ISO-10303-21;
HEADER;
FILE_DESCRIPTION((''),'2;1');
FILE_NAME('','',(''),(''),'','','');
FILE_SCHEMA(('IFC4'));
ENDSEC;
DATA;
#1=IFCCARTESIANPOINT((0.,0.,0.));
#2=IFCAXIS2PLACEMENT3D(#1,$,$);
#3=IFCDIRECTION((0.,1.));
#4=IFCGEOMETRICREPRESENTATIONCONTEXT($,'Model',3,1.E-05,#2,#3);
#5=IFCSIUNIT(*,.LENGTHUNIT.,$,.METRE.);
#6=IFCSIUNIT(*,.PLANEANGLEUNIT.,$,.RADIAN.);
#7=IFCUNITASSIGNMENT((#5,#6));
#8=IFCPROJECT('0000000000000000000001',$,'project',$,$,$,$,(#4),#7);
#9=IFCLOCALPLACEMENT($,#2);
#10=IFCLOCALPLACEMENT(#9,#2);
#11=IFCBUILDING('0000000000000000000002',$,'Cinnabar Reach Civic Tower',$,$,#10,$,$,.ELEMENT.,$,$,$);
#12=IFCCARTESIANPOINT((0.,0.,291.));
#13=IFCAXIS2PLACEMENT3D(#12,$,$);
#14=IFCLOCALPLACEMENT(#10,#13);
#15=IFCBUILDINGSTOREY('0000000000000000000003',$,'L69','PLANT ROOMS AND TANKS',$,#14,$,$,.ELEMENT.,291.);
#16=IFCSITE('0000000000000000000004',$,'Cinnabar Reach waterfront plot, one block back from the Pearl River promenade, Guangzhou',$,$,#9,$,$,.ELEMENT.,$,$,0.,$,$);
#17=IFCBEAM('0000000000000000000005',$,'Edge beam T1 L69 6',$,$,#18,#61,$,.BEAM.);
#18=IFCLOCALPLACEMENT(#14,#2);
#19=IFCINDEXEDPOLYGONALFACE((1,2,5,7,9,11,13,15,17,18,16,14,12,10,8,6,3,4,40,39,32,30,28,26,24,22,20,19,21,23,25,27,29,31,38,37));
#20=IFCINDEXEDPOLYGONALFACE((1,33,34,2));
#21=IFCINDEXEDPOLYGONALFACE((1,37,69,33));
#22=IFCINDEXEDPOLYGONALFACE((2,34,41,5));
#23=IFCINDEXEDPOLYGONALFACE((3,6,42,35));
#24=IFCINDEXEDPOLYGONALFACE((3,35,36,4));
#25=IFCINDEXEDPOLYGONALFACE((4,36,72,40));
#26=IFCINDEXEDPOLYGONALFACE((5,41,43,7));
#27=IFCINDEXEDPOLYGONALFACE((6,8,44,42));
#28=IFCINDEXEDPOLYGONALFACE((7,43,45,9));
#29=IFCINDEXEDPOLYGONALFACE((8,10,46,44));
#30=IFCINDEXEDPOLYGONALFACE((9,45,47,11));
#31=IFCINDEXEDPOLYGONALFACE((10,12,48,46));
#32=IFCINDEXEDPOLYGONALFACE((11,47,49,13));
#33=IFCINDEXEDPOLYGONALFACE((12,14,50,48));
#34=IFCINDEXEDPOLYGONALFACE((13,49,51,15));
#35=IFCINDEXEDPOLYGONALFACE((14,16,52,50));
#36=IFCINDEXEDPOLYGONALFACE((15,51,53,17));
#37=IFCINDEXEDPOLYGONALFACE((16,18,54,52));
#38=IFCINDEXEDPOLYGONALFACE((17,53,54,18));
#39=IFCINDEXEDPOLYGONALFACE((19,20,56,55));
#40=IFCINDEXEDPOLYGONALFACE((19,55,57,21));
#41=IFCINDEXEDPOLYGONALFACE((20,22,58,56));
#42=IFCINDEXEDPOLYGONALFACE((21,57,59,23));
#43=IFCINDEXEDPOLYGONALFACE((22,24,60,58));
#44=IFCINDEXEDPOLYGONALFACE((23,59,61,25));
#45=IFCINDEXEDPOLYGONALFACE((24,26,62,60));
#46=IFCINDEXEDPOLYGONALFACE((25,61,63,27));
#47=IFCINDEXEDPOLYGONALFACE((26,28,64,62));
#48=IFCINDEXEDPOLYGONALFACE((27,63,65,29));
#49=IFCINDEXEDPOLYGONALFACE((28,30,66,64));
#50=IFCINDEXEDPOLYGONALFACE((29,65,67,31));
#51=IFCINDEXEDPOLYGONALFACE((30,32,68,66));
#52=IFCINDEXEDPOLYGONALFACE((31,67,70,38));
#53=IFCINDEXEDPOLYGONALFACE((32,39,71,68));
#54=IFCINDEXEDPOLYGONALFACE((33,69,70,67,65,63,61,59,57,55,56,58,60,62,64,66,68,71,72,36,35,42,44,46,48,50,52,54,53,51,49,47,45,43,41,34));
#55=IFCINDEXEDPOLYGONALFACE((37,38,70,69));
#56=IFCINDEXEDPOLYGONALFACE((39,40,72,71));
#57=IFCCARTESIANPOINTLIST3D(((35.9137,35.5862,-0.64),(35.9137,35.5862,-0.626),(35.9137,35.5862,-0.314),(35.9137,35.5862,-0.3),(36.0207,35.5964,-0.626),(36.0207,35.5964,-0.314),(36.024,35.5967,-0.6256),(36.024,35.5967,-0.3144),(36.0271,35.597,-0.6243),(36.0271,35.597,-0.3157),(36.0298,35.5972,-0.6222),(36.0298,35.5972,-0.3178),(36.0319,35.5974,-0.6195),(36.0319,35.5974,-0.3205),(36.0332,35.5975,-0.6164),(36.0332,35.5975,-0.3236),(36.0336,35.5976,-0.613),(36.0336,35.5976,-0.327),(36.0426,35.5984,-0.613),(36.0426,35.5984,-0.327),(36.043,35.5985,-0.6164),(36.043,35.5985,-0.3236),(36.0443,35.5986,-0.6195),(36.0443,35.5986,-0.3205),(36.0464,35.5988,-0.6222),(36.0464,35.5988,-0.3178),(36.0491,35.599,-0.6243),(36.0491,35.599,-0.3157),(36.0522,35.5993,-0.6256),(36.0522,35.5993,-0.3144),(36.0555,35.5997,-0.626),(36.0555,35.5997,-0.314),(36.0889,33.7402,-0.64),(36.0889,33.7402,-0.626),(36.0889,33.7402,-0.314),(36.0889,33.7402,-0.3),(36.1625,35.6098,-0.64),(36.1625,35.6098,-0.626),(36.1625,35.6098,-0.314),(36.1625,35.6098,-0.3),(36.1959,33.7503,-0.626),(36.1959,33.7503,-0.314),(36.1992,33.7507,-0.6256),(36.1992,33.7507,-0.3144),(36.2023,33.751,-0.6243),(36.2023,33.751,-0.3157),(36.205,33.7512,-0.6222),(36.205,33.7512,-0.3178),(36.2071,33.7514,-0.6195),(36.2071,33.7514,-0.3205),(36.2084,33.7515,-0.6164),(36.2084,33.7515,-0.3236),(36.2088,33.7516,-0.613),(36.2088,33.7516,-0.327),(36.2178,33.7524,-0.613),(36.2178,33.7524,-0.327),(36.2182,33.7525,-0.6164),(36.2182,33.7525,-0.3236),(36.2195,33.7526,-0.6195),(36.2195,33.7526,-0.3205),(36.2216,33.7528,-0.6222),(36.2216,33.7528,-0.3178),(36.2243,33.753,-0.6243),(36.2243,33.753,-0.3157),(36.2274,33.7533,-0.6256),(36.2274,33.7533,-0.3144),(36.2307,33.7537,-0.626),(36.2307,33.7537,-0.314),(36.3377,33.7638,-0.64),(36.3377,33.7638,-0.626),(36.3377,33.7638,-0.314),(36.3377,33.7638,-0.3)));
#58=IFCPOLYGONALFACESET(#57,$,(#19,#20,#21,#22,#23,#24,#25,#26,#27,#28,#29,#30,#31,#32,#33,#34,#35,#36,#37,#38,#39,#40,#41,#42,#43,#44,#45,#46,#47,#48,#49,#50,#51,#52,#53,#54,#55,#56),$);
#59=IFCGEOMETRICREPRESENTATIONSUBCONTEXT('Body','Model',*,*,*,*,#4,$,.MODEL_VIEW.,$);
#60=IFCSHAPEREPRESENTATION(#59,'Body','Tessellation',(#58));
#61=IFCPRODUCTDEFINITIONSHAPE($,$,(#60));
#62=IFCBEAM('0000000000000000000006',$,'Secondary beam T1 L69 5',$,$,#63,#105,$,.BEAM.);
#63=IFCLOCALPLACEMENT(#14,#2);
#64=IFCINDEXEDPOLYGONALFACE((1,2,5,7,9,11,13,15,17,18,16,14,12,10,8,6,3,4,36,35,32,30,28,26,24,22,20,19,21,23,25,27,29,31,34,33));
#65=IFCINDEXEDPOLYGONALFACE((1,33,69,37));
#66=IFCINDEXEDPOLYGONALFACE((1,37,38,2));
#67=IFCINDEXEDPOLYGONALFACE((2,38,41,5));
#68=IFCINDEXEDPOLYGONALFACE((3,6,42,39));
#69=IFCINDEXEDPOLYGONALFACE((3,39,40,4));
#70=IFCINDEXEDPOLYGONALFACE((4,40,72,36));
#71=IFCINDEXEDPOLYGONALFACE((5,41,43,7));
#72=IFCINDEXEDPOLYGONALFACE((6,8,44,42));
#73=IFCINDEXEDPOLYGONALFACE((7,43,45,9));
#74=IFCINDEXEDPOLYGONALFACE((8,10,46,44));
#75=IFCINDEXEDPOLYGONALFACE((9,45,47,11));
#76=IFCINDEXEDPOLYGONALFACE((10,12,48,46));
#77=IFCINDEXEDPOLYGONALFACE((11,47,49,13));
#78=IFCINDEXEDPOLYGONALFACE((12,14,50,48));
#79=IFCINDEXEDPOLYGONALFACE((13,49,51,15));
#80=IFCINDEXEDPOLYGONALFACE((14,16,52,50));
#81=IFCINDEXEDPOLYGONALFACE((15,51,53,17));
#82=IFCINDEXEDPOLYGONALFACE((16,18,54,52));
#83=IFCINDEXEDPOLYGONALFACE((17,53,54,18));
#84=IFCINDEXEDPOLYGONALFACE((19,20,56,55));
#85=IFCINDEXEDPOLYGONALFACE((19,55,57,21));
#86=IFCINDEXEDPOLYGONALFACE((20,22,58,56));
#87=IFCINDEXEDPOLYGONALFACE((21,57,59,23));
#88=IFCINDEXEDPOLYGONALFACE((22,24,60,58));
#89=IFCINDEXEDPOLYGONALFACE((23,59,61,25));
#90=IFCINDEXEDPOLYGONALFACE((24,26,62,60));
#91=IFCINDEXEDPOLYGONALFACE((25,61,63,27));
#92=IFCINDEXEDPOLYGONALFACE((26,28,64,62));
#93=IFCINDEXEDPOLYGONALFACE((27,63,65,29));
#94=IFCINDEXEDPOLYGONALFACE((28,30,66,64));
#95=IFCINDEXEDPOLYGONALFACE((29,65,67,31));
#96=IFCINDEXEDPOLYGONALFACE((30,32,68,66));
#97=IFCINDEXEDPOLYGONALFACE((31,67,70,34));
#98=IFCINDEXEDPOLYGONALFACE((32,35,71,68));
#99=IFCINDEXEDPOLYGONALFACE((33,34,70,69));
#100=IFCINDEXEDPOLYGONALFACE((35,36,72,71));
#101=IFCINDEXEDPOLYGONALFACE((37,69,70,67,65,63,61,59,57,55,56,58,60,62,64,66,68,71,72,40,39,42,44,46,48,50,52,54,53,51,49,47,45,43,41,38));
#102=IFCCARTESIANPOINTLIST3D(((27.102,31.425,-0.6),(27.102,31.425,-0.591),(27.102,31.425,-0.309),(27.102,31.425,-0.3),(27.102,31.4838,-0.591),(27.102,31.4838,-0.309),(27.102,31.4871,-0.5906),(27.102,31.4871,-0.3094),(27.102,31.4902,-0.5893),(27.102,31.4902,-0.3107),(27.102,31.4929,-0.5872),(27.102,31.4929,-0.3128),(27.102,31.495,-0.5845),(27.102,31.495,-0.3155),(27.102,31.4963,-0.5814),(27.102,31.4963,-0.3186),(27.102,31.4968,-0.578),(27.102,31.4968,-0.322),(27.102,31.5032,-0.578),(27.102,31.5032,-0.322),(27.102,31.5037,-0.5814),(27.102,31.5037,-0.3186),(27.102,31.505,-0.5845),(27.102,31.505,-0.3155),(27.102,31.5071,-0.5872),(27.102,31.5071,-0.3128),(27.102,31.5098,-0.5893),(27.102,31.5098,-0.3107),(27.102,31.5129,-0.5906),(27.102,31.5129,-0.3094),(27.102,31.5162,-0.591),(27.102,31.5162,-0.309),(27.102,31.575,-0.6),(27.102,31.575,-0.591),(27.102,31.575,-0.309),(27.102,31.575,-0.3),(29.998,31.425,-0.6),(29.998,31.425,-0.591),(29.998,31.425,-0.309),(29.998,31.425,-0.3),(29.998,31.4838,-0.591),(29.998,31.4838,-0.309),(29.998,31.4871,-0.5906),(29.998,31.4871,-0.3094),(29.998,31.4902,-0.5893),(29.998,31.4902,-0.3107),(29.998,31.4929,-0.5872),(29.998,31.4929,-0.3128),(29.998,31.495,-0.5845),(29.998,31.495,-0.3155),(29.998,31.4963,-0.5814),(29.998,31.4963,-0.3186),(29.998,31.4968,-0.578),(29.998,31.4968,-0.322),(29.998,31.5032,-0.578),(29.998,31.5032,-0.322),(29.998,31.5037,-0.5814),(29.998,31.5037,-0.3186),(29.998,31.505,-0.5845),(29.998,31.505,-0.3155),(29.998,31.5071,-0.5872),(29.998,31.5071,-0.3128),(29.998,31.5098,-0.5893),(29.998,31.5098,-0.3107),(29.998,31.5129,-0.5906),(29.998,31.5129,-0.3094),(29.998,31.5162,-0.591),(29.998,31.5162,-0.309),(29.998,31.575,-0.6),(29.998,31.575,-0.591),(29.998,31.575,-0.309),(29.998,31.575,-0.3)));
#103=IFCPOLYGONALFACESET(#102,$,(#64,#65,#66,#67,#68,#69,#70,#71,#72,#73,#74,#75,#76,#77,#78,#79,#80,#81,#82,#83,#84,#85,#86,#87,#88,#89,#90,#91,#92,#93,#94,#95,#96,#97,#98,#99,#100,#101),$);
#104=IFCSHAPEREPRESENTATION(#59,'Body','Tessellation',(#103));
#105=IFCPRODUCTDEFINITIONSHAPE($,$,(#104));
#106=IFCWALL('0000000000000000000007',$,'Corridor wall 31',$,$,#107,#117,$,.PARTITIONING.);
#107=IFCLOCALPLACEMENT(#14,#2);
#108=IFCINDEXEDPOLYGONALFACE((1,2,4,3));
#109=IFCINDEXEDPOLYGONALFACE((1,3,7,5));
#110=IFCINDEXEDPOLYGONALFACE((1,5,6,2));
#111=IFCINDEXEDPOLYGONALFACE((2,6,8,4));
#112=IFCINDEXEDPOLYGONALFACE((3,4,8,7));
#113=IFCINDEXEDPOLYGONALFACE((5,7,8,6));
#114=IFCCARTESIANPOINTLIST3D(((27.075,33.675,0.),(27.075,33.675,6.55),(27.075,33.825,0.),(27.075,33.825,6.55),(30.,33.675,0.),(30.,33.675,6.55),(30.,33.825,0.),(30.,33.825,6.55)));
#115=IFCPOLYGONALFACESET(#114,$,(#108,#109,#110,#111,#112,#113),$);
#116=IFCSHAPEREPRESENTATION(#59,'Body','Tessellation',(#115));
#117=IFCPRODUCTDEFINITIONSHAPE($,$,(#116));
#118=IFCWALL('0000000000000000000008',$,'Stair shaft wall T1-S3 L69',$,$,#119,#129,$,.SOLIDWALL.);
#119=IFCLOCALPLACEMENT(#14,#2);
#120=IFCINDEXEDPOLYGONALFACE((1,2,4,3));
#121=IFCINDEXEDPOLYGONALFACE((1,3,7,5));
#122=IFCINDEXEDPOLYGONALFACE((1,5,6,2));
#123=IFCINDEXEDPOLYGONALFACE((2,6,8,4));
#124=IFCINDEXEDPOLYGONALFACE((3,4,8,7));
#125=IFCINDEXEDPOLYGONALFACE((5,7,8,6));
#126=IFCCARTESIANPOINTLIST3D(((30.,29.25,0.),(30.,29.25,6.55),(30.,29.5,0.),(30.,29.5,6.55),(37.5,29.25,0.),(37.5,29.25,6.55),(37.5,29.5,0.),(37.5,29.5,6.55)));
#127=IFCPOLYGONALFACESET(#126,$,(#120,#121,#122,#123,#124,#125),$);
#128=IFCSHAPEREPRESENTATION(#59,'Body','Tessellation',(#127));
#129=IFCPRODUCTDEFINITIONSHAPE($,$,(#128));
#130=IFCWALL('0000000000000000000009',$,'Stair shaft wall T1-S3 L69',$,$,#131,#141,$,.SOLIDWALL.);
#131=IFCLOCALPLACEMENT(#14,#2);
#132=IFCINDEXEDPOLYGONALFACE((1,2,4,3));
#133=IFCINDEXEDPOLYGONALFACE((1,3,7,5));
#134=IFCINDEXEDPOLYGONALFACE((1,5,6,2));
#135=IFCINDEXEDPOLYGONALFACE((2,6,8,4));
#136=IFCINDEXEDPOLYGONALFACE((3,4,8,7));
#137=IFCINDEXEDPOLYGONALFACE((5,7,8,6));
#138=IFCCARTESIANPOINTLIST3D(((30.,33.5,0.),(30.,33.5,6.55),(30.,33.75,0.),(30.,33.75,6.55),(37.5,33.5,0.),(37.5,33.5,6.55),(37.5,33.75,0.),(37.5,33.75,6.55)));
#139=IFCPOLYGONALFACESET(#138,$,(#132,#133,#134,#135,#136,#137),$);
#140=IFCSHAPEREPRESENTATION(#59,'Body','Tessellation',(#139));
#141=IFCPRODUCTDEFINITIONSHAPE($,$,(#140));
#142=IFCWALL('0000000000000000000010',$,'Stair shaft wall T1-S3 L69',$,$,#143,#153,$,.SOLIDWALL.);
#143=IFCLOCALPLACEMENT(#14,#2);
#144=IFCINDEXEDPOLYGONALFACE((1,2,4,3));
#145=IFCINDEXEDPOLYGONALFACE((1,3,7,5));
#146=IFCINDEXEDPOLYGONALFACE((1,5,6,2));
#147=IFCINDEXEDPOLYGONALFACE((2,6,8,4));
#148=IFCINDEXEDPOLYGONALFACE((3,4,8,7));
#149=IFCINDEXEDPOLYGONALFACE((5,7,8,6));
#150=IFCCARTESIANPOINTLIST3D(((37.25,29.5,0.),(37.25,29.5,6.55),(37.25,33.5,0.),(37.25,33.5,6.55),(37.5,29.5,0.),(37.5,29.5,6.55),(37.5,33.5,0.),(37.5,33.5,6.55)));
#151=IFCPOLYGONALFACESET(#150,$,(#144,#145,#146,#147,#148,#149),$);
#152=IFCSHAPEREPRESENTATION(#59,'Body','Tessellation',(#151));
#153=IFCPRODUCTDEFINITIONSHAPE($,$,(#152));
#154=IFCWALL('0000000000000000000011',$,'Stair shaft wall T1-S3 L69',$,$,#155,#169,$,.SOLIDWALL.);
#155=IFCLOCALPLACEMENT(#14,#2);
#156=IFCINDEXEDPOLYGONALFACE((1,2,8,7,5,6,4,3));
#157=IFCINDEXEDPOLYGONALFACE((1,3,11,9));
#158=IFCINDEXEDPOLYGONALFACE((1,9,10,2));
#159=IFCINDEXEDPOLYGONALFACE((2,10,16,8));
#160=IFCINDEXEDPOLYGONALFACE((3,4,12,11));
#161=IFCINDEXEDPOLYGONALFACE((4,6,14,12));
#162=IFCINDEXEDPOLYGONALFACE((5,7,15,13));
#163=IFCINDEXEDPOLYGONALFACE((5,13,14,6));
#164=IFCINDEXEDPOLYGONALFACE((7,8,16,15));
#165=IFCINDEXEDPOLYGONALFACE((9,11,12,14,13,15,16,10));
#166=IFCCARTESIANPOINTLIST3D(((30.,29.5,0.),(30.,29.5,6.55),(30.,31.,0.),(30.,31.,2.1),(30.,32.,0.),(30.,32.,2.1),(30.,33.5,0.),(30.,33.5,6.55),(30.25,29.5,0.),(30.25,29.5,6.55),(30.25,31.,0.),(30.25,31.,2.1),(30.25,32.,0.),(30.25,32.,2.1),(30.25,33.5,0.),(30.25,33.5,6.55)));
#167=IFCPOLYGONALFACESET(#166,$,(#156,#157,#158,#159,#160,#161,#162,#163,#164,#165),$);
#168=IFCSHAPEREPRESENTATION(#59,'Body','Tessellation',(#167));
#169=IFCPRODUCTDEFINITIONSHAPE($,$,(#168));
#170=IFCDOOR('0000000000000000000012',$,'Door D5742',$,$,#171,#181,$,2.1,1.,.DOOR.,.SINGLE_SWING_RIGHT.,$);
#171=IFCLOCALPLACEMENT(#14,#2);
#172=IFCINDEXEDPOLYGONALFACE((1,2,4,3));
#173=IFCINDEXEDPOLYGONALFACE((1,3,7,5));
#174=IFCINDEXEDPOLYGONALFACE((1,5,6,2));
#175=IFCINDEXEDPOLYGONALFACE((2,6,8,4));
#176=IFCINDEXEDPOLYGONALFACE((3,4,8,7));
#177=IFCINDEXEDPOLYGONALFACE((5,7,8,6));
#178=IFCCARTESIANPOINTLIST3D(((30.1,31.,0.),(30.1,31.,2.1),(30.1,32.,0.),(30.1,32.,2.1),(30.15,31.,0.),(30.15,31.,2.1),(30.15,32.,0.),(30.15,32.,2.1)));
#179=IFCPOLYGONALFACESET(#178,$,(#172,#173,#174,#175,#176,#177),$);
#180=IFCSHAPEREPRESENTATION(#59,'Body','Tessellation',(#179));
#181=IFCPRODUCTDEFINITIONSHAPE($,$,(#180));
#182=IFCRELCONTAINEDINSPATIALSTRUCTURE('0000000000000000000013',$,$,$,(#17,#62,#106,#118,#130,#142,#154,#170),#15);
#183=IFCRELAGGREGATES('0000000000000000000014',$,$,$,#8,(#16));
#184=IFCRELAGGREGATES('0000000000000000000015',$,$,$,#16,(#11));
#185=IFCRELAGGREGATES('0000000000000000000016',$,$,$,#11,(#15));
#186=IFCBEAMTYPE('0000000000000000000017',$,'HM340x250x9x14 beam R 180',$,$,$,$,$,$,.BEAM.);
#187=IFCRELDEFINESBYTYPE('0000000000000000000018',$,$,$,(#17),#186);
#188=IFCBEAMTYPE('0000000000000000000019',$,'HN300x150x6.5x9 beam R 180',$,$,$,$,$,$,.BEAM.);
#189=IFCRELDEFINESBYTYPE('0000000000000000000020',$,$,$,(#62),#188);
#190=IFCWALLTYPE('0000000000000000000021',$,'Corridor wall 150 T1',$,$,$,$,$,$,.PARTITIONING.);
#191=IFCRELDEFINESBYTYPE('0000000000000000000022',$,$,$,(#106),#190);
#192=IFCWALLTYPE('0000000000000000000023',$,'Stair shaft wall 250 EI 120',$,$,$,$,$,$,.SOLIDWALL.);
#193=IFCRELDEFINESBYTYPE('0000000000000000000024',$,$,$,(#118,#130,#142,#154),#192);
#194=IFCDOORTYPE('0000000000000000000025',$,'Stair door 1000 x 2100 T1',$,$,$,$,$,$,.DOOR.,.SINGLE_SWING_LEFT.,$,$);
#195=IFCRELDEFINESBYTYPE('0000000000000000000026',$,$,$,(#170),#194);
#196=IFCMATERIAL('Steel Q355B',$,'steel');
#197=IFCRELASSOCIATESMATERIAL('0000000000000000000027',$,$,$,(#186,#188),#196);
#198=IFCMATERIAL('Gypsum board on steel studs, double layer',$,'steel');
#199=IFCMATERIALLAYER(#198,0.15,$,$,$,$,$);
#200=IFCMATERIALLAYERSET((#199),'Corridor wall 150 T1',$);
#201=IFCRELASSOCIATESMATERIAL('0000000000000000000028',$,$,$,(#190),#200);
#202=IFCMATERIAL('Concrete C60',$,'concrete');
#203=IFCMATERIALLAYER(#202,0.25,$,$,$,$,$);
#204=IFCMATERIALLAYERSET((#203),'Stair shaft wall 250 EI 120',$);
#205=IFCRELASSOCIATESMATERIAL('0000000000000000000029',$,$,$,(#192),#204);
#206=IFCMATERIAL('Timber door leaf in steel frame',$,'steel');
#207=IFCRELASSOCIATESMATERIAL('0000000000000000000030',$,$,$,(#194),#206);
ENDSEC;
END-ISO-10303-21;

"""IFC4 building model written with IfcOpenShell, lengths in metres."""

from ifc_helpers import new_model, si_unit, direction, frame, frame_2d, origin, origin_2d, place, context, subcontext, project, spatial, rectangle, i_section, extrude, material, layer, layer_set, material_profile, profile_set, type_object, element, fill, save


model = new_model("IFC4")

# Units and contexts
model_context = context("Model", 3, precision=1e-05, world=origin(), true_north=direction((0.0, 1.0)))
body_context = subcontext(model_context, "Body", "Model", "MODEL_VIEW")
ifc_project = project(units=[si_unit("LENGTHUNIT", "METRE"), si_unit("PLANEANGLEUNIT", "RADIAN")], contexts=[model_context])

# Site, building, storey
site_placement = place(None, origin())
site = spatial("IfcSite", under=ifc_project, at=site_placement, Name="Cinnabar Reach waterfront plot, one block back from the Pearl River promenade, Guangzhou", CompositionType="ELEMENT", RefElevation=0.0)
building_placement = place(site_placement, origin())
building = spatial("IfcBuilding", under=site, at=building_placement, Name="Cinnabar Reach Civic Tower", CompositionType="ELEMENT")
storey_placement = place(building_placement, frame((0.0, 0.0, 291.0)))
storey = spatial("IfcBuildingStorey", under=building, at=storey_placement, Name="L69", Description="PLANT ROOMS AND TANKS", CompositionType="ELEMENT", Elevation=291.0)

# Beams
ifc_material_1 = material(Name="Steel Q355B", Category="steel")
ifc_material_profile_1 = material_profile(ifc_material_1, i_section(OverallWidth=0.25, OverallDepth=0.34, WebThickness=0.009, FlangeThickness=0.014, FilletRadius=0.013, at=origin_2d()), Name="HM340x250x9x14")
ifc_profile_set_1 = profile_set([ifc_material_profile_1], Name="Steel Q355B")
beam_type_1 = type_object("IfcBeamType", Name="HM340x250x9x14 beam R 180", PredefinedType="BEAM", material=ifc_profile_set_1)
beam_1_placement = place(storey_placement, frame((36.2133, 33.752, -0.47), z_axis=(-0.094483, 0.995526, 0.0), x_axis=(-0.995526, -0.094483, 0.0)))
element("IfcBeam", 1, at=beam_1_placement, inside=storey, type_object=beam_type_1, Name="Edge beam T1 L69 6", PredefinedType="BEAM", context=body_context, shape_type="SweptSolid", body=[
    extrude(i_section(OverallWidth=0.25, OverallDepth=0.34, WebThickness=0.009, FlangeThickness=0.014, FilletRadius=0.013, at=origin_2d()), origin(), (0.0, 0.0, 1.0), 1.8543),
])
ifc_material_profile_2 = material_profile(ifc_material_1, i_section(OverallWidth=0.15, OverallDepth=0.3, WebThickness=0.0065, FlangeThickness=0.009, FilletRadius=0.013, at=origin_2d()), Name="HN300x150x6.5x9")
ifc_profile_set_2 = profile_set([ifc_material_profile_2], Name="Steel Q355B")
beam_type_2 = type_object("IfcBeamType", Name="HN300x150x6.5x9 beam R 180", PredefinedType="BEAM", material=ifc_profile_set_2)
beam_2_placement = place(storey_placement, frame((27.102, 31.5, -0.45), z_axis=(1.0, 0.0, 0.0), x_axis=(0.0, 1.0, 0.0)))
element("IfcBeam", 2, at=beam_2_placement, inside=storey, type_object=beam_type_2, Name="Secondary beam T1 L69 5", PredefinedType="BEAM", context=body_context, shape_type="SweptSolid", body=[
    extrude(i_section(OverallWidth=0.15, OverallDepth=0.3, WebThickness=0.0065, FlangeThickness=0.009, FilletRadius=0.013, at=origin_2d()), origin(), (0.0, 0.0, 1.0), 2.896),
])

# Walls
ifc_material_2 = material(Name="Gypsum board on steel studs, double layer", Category="steel")
ifc_layer_1 = layer(ifc_material_2, 0.15)
ifc_layer_set_1 = layer_set([ifc_layer_1], Name="Corridor wall 150 T1")
wall_type_1 = type_object("IfcWallType", Name="Corridor wall 150 T1", PredefinedType="PARTITIONING", material=ifc_layer_set_1)
wall_1_placement = place(storey_placement, frame((27.075, 33.75, 0.0), z_axis=(0.0, 0.0, 1.0), x_axis=(1.0, 0.0, 0.0)))
element("IfcWall", 3, at=wall_1_placement, inside=storey, type_object=wall_type_1, Name="Corridor wall 31", PredefinedType="PARTITIONING", context=body_context, shape_type="SweptSolid", body=[
    extrude(rectangle(XDim=2.925, YDim=0.15, at=frame_2d((1.4625, 0.0))), origin(), (0.0, 0.0, 1.0), 6.55),
])
ifc_material_3 = material(Name="Concrete C60", Category="concrete")
ifc_layer_2 = layer(ifc_material_3, 0.25)
ifc_layer_set_2 = layer_set([ifc_layer_2], Name="Stair shaft wall 250 EI 120")
wall_type_2 = type_object("IfcWallType", Name="Stair shaft wall 250 EI 120", PredefinedType="SOLIDWALL", material=ifc_layer_set_2)
for number, where, z_axis, x_axis, name in (
    (4, (30.0, 29.375, 0.0), (0.0, 0.0, 1.0), (1.0, 0.0, 0.0), "Stair shaft wall T1-S3 L69"),
    (5, (37.5, 33.625, 0.0), (0.0, 0.0, 1.0), (-1.0, 0.0, 0.0), "Stair shaft wall T1-S3 L69"),
):
    element("IfcWall", number, at=place(storey_placement, frame(where, z_axis=z_axis, x_axis=x_axis)), inside=storey, type_object=wall_type_2, Name=name, PredefinedType="SOLIDWALL", context=body_context, shape_type="SweptSolid", body=[
        extrude(rectangle(XDim=7.5, YDim=0.25, at=frame_2d((3.75, 0.0))), origin(), (0.0, 0.0, 1.0), 6.55),
    ])
wall_2_placement = place(storey_placement, frame((37.375, 29.5, 0.0), z_axis=(0.0, 0.0, 1.0), x_axis=(0.0, 1.0, 0.0)))
element("IfcWall", 6, at=wall_2_placement, inside=storey, type_object=wall_type_2, Name="Stair shaft wall T1-S3 L69", PredefinedType="SOLIDWALL", context=body_context, shape_type="SweptSolid", body=[
    extrude(rectangle(XDim=4.0, YDim=0.25, at=frame_2d((2.0, 0.0))), origin(), (0.0, 0.0, 1.0), 6.55),
])

# Wall, opening, door
wall_3_placement = place(storey_placement, frame((30.125, 33.5, 0.0), z_axis=(0.0, 0.0, 1.0), x_axis=(0.0, -1.0, 0.0)))
wall_3 = element("IfcWall", 7, at=wall_3_placement, inside=storey, type_object=wall_type_2, Name="Stair shaft wall T1-S3 L69", PredefinedType="SOLIDWALL", context=body_context, shape_type="SweptSolid", body=[
    extrude(rectangle(XDim=4.0, YDim=0.25, at=frame_2d((2.0, 0.0))), origin(), (0.0, 0.0, 1.0), 6.55),
])
opening_placement = place(wall_3_placement, frame((1.5, 0.0, 0.0)))
opening = element("IfcOpeningElement", 8, at=opening_placement, cuts=wall_3, PredefinedType="OPENING", context=body_context, shape_type="SweptSolid", body=[
    extrude(rectangle(XDim=1.0, YDim=2.1, at=frame_2d((0.5, 1.05))), frame((0.0, 0.135, 0.0), z_axis=(0.0, -1.0, 0.0), x_axis=(1.0, 0.0, 0.0)), (0.0, 0.0, 1.0), 0.27),
])
ifc_material_4 = material(Name="Timber door leaf in steel frame", Category="steel")
door_type = type_object("IfcDoorType", Name="Stair door 1000 x 2100 T1", OperationType="SINGLE_SWING_LEFT", PredefinedType="DOOR", material=ifc_material_4)
door_placement = place(opening_placement, origin())
door = element("IfcDoor", 9, at=door_placement, inside=storey, type_object=door_type, Name="Door D5742", OperationType="SINGLE_SWING_RIGHT", OverallHeight=2.1, OverallWidth=1.0, PredefinedType="DOOR", context=body_context, shape_type="SweptSolid", body=[
    extrude(rectangle(XDim=1.0, YDim=2.1, at=frame_2d((0.5, 1.05))), frame((0.0, 0.025, 0.0), z_axis=(0.0, -1.0, 0.0), x_axis=(1.0, 0.0, 0.0)), (0.0, 0.0, 1.0), 0.05),
])
fill(opening, door)

save(model, "model.ifc")
